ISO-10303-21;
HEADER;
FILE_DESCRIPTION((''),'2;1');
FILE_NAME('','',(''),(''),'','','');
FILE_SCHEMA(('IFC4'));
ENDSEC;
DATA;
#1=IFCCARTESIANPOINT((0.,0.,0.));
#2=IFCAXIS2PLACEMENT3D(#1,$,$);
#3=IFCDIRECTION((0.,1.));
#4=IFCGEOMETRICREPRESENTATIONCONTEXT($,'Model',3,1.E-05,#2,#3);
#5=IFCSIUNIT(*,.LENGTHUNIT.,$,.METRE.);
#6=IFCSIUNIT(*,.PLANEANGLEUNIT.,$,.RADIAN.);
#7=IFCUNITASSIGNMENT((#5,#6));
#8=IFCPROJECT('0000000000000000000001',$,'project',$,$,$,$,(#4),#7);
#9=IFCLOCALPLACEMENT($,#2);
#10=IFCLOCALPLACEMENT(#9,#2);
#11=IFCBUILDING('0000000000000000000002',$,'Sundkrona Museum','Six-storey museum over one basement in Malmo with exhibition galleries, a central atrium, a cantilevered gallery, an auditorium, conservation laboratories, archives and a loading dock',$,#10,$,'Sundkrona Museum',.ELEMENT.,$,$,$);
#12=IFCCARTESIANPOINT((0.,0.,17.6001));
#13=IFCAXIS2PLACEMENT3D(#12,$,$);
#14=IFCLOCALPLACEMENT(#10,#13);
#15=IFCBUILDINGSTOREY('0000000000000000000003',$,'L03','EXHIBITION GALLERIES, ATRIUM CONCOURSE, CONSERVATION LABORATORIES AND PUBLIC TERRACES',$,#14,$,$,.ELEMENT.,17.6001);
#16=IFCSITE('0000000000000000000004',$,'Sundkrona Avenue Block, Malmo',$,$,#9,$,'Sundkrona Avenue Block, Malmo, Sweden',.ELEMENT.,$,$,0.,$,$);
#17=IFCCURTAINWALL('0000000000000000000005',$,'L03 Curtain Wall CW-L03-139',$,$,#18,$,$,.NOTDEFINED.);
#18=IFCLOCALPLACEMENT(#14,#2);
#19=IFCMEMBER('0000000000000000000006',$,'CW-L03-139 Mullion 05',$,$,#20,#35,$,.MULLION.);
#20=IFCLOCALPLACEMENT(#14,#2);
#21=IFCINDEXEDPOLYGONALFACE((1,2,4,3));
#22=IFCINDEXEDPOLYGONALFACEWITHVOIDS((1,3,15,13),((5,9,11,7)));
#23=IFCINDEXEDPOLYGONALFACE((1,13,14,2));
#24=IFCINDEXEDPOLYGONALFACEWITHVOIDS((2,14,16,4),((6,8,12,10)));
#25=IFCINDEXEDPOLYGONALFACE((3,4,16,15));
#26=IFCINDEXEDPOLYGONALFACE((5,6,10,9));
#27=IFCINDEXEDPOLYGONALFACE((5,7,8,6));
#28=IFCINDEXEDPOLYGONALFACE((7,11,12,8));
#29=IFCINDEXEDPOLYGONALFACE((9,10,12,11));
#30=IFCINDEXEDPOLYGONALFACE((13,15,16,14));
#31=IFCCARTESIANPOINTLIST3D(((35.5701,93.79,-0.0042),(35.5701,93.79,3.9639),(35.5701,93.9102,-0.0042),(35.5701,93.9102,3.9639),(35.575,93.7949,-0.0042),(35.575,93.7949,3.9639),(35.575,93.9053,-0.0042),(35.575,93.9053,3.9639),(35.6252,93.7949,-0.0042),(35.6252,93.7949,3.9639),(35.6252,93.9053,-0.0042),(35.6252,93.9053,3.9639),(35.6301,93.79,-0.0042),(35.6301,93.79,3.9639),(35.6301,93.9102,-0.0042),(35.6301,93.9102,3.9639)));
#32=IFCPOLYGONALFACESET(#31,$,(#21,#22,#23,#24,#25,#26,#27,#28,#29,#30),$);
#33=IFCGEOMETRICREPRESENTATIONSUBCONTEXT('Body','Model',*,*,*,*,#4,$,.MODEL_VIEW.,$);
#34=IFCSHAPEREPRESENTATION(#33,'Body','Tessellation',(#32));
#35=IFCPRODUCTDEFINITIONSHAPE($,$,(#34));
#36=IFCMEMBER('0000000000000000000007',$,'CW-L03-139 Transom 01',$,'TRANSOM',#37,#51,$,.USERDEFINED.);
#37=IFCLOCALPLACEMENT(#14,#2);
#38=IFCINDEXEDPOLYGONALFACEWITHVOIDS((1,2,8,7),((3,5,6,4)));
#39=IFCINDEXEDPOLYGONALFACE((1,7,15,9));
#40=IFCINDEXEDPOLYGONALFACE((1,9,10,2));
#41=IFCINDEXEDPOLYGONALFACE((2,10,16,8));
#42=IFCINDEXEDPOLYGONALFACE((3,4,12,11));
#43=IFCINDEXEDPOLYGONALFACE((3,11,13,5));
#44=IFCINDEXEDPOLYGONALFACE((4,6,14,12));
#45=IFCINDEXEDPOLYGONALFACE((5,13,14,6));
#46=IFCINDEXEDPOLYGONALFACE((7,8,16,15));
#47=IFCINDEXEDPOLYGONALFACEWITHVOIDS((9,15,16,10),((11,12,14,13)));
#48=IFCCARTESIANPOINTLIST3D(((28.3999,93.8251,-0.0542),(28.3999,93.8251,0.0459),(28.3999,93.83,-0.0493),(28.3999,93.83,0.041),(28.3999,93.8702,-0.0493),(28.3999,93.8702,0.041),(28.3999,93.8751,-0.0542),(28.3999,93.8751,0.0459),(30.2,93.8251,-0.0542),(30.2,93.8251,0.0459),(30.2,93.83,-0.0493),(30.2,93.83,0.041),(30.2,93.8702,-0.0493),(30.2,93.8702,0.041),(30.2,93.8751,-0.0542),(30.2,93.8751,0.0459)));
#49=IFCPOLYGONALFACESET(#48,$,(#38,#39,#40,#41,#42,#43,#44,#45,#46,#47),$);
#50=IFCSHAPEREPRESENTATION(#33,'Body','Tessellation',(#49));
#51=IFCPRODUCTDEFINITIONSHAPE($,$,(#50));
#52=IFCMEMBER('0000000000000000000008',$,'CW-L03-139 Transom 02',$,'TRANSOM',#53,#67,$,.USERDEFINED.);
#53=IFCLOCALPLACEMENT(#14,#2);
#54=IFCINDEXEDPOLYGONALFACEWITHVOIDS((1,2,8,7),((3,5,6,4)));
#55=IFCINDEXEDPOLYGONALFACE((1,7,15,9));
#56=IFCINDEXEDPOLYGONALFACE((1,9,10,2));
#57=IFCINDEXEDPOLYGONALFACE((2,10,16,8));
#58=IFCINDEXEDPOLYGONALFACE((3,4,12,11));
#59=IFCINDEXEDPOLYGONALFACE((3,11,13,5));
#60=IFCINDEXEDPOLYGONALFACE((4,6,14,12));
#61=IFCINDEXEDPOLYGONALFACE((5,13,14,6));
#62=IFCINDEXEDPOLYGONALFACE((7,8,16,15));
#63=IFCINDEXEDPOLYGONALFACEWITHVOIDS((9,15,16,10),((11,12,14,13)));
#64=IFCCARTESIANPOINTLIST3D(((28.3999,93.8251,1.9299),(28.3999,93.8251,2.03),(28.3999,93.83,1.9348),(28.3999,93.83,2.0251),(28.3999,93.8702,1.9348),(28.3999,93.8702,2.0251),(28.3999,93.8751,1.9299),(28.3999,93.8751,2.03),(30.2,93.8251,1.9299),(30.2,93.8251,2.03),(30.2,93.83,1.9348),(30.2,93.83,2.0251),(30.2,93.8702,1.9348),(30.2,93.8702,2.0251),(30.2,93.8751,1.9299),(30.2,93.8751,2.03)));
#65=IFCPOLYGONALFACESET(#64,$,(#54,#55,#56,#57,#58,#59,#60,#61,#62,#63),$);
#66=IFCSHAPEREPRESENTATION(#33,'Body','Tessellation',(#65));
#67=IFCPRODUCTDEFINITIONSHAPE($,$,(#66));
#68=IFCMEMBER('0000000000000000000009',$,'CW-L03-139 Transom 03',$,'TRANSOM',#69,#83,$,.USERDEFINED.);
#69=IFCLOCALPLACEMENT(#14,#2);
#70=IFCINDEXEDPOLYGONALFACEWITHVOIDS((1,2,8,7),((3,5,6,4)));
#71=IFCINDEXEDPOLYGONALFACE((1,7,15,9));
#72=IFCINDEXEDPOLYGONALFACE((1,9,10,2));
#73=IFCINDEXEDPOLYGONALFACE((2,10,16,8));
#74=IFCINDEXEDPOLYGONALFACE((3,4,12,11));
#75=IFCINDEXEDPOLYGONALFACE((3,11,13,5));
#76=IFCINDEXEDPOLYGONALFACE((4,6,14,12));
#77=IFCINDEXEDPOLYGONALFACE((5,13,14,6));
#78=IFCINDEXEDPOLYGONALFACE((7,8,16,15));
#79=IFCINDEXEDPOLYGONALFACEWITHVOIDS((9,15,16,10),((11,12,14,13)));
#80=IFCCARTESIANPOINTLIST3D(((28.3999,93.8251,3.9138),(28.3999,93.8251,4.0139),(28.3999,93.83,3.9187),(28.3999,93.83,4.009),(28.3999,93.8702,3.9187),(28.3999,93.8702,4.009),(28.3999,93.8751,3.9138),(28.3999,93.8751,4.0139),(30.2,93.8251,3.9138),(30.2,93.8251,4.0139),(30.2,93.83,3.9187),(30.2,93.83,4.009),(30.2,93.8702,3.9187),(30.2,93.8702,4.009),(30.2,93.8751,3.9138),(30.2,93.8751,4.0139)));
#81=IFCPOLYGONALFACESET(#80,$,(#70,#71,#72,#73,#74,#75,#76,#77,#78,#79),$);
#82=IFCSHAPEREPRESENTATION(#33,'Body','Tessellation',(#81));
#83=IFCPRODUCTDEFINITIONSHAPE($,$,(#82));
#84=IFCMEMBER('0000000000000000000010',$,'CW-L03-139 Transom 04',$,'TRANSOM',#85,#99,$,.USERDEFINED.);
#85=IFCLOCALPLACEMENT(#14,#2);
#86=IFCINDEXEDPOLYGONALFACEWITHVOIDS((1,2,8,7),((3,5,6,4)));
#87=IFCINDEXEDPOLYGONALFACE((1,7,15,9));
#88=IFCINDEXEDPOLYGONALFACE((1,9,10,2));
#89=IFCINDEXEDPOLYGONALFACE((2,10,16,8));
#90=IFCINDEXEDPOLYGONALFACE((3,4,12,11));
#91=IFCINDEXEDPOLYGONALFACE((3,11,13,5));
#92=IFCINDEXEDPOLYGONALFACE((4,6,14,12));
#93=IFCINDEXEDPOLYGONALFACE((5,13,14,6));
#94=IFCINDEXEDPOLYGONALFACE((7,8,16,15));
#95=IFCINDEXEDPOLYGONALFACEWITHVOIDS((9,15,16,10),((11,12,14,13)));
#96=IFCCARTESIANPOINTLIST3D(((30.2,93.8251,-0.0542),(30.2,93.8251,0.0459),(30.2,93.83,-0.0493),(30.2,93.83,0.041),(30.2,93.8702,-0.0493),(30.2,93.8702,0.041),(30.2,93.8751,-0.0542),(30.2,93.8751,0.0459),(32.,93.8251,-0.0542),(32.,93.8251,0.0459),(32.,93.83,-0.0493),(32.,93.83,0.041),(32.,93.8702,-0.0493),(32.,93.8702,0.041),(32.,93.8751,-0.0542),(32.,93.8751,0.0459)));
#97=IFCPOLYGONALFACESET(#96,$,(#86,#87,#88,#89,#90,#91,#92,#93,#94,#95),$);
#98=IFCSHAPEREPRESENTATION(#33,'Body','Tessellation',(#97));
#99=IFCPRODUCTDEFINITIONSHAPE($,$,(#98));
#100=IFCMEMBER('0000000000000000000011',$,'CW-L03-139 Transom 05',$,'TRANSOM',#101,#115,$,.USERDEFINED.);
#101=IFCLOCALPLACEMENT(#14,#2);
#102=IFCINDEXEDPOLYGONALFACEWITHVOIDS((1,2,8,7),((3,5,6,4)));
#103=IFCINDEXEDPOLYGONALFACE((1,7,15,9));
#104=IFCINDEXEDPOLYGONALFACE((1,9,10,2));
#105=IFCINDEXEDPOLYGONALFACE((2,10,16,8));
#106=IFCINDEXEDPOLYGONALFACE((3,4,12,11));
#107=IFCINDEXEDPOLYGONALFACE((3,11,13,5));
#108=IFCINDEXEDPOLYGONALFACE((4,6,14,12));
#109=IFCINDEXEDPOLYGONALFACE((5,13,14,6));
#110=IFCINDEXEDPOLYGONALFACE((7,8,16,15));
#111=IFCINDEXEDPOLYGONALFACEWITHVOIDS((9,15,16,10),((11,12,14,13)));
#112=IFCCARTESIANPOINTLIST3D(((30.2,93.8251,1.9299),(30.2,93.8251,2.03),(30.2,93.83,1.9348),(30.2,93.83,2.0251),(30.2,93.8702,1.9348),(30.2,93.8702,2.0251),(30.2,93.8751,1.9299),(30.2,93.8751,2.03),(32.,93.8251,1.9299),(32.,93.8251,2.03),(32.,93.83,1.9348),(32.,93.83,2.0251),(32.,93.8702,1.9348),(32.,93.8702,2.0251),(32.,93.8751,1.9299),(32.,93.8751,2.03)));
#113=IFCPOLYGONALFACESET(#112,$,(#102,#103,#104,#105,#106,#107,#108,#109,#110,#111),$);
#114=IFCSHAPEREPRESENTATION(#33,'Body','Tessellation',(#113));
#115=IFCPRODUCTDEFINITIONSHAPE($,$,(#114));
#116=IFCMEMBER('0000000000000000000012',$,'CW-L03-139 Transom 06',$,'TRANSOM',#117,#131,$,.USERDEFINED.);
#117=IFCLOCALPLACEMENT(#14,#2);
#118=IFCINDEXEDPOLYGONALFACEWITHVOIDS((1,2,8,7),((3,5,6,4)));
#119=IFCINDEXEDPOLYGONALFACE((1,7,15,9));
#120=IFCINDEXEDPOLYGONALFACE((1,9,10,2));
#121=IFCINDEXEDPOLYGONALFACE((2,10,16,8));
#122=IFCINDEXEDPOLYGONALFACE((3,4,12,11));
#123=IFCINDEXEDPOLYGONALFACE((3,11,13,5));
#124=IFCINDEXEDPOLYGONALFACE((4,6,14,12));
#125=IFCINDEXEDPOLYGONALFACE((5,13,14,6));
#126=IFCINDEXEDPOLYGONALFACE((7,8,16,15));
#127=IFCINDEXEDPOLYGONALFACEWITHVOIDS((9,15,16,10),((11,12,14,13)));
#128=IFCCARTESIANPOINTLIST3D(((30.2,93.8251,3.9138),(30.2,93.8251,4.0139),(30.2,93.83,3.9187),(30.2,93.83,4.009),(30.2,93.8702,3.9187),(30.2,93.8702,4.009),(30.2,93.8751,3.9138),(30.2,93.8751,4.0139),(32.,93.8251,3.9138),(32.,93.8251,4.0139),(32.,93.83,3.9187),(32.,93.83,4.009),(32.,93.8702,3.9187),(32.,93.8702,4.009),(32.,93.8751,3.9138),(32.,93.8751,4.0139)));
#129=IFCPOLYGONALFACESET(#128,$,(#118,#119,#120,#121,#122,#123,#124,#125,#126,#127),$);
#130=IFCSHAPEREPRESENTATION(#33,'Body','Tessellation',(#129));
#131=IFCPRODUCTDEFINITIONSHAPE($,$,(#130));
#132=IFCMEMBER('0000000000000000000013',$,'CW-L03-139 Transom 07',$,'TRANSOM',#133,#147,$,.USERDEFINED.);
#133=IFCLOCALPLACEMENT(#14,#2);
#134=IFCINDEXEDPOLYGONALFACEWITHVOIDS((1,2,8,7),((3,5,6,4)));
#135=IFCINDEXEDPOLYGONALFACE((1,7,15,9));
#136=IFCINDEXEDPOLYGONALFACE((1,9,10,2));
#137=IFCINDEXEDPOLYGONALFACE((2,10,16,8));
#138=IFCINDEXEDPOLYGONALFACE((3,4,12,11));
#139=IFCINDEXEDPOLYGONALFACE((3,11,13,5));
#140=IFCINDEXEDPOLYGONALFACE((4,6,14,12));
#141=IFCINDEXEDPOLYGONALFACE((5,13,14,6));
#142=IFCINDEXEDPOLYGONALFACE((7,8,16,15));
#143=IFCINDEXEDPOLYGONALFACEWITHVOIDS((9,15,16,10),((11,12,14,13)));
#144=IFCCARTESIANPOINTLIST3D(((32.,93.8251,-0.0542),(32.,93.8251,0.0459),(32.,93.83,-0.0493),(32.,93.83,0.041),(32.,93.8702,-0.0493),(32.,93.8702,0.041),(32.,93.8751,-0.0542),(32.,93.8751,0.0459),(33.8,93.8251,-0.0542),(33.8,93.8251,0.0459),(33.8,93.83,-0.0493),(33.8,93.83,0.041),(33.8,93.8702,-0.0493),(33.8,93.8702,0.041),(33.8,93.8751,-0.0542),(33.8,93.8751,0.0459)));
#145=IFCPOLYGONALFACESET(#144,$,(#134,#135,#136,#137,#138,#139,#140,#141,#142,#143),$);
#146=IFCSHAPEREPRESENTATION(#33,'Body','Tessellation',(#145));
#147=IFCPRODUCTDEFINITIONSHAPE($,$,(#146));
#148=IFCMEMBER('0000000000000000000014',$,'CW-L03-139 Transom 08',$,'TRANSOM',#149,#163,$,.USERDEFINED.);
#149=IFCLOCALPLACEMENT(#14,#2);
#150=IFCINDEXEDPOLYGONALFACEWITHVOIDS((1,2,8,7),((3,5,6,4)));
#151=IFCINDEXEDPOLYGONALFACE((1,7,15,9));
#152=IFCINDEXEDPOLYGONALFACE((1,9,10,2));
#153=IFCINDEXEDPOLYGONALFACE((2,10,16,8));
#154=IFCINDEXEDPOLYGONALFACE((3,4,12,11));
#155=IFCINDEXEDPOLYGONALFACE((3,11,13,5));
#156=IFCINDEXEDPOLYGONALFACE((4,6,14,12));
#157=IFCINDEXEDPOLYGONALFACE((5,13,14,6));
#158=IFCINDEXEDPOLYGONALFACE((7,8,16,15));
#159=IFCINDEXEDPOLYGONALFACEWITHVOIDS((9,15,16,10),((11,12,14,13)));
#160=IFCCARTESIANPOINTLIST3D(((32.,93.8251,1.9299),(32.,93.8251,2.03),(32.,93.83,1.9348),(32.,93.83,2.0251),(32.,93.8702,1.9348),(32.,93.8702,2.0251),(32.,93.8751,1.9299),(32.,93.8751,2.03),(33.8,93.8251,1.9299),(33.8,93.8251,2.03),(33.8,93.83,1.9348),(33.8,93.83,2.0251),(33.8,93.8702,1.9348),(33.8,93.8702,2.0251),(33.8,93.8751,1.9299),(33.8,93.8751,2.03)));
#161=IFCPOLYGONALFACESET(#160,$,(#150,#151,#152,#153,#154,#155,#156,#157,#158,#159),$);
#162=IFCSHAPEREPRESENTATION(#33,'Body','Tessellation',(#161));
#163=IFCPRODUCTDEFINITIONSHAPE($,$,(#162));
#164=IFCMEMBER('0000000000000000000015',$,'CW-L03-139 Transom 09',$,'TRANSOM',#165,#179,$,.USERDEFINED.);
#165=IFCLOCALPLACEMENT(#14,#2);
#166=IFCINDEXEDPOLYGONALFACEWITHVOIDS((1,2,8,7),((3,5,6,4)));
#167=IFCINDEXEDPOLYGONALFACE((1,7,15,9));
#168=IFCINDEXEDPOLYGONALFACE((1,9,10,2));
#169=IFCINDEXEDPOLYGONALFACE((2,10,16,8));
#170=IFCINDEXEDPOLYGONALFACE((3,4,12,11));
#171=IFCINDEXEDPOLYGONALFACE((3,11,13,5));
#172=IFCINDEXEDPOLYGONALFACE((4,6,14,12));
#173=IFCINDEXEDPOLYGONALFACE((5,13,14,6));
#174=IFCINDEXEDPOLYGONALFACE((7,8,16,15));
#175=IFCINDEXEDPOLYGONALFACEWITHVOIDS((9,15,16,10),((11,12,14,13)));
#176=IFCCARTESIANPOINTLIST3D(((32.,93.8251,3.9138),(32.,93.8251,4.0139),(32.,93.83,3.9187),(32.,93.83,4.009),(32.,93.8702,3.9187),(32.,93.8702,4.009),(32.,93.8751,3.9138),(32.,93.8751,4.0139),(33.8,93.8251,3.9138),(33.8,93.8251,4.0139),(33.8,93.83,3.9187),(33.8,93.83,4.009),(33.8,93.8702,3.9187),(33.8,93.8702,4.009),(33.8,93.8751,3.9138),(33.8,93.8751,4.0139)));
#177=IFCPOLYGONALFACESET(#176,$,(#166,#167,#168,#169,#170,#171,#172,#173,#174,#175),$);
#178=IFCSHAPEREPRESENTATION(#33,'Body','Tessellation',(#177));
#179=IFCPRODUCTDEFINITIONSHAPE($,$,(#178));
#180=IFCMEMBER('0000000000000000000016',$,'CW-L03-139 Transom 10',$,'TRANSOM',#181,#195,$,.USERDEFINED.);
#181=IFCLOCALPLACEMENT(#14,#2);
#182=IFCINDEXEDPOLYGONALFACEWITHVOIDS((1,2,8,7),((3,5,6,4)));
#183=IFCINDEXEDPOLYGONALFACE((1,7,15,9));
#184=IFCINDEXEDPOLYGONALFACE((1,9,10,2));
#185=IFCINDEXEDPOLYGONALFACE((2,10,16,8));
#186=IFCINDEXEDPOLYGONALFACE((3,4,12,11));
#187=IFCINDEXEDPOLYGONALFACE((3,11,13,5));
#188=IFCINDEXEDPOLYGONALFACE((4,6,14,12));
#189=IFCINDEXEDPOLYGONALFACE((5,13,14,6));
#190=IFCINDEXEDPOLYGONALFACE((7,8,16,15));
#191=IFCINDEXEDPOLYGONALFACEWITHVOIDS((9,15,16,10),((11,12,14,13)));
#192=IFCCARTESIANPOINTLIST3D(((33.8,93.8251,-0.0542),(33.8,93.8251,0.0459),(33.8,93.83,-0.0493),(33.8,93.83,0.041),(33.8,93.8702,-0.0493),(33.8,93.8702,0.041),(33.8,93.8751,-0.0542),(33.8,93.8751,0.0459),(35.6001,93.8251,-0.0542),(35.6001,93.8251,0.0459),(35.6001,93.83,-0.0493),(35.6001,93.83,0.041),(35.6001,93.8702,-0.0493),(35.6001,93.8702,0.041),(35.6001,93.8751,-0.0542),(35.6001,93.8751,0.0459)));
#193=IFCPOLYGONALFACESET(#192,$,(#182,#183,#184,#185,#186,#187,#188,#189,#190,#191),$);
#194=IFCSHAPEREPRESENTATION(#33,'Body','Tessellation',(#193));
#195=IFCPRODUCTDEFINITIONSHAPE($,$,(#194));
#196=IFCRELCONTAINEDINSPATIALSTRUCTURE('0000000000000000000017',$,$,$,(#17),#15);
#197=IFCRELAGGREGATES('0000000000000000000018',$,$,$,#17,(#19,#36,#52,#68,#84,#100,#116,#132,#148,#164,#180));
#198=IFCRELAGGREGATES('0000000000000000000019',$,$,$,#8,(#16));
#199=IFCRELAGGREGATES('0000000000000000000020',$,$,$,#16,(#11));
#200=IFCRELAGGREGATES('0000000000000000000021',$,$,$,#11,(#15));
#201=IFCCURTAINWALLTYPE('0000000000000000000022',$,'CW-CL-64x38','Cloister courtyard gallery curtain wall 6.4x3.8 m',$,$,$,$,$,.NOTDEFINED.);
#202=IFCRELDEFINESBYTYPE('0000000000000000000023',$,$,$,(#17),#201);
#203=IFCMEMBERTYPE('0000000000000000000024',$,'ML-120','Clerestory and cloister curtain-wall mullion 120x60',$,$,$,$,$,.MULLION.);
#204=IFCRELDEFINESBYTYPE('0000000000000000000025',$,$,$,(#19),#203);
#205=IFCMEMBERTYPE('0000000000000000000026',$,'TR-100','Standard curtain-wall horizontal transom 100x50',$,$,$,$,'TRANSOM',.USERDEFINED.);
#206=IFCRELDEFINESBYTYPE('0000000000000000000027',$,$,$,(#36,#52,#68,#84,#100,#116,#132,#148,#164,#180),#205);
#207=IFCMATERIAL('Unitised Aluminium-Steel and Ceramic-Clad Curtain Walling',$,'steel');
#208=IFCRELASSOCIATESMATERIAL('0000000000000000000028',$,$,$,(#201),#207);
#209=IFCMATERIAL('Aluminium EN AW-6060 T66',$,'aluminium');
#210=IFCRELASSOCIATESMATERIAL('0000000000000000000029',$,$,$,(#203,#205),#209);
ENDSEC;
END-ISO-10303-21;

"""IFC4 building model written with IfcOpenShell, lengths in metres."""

from ifc_helpers import new_model, si_unit, direction, frame, origin, origin_2d, place, context, subcontext, project, spatial, hollow_rectangle, extrude, material, material_profile, profile_set, type_object, element, aggregate, save


model = new_model("IFC4")

# Units and contexts
model_context = context("Model", 3, precision=1e-05, world=origin(), true_north=direction((0.0, 1.0)))
body_context = subcontext(model_context, "Body", "Model", "MODEL_VIEW")
ifc_project = project(units=[si_unit("LENGTHUNIT", "METRE"), si_unit("PLANEANGLEUNIT", "RADIAN")], contexts=[model_context])

# Site, building, storey
site_placement = place(None, origin())
site = spatial("IfcSite", under=ifc_project, at=site_placement, Name="Sundkrona Avenue Block, Malmo", LongName="Sundkrona Avenue Block, Malmo, Sweden", CompositionType="ELEMENT", RefElevation=0.0)
building_placement = place(site_placement, origin())
building = spatial("IfcBuilding", under=site, at=building_placement, Name="Sundkrona Museum", Description="Six-storey museum over one basement in Malmo with exhibition galleries, a central atrium, a cantilevered gallery, an auditorium, conservation laboratories, archives and a loading dock", LongName="Sundkrona Museum", CompositionType="ELEMENT")
storey_placement = place(building_placement, frame((0.0, 0.0, 17.6001)))
storey = spatial("IfcBuildingStorey", under=building, at=storey_placement, Name="L03", Description="EXHIBITION GALLERIES, ATRIUM CONCOURSE, CONSERVATION LABORATORIES AND PUBLIC TERRACES", CompositionType="ELEMENT", Elevation=17.6001)

# Shared definitions
ifc_material_1 = material(Name="Unitised Aluminium-Steel and Ceramic-Clad Curtain Walling", Category="steel")
curtain_wall_type = type_object("IfcCurtainWallType", Name="CW-CL-64x38", Description="Cloister courtyard gallery curtain wall 6.4x3.8 m", PredefinedType="NOTDEFINED", material=ifc_material_1)
ifc_material_2 = material(Name="Aluminium EN AW-6060 T66", Category="aluminium")
ifc_material_profile_1 = material_profile(ifc_material_2, hollow_rectangle(XDim=0.0601, YDim=0.1201, WallThickness=0.0049, at=origin_2d()), Name="RHS 120x60x5.0")
ifc_profile_set_1 = profile_set([ifc_material_profile_1], Name="Aluminium EN AW-6060 T66")
member_type_1 = type_object("IfcMemberType", Name="ML-120", Description="Clerestory and cloister curtain-wall mullion 120x60", PredefinedType="MULLION", material=ifc_profile_set_1)

# Curtain wall, members
curtain_wall_1_placement = place(storey_placement, origin())
curtain_wall_1 = element("IfcCurtainWall", 1, at=curtain_wall_1_placement, inside=storey, type_object=curtain_wall_type, Name="L03 Curtain Wall CW-L03-139", PredefinedType="NOTDEFINED")
member_1_placement = place(storey_placement, frame((35.6001, 93.8501, -0.0042), z_axis=(0.0, 0.0, 1.0), x_axis=(1.0, 0.0, 0.0)))
member_1 = element("IfcMember", 2, at=member_1_placement, type_object=member_type_1, Name="CW-L03-139 Mullion 05", PredefinedType="MULLION", context=body_context, shape_type="SweptSolid", body=[
    extrude(hollow_rectangle(XDim=0.0601, YDim=0.1201, WallThickness=0.0049, at=origin_2d()), origin(), (0.0, 0.0, 1.0), 3.968),
])
ifc_material_profile_2 = material_profile(ifc_material_2, hollow_rectangle(XDim=0.05, YDim=0.1001, WallThickness=0.0049, at=origin_2d()), Name="RHS 100x50x5.0")
ifc_profile_set_2 = profile_set([ifc_material_profile_2], Name="Aluminium EN AW-6060 T66")
member_type_2 = type_object("IfcMemberType", Name="TR-100", Description="Standard curtain-wall horizontal transom 100x50", ElementType="TRANSOM", PredefinedType="USERDEFINED", material=ifc_profile_set_2)
member_2_placement = place(storey_placement, frame((28.3999, 93.8501, -0.0042), z_axis=(1.0, 0.0, 0.0), x_axis=(0.0, 1.0, 0.0)))
member_2 = element("IfcMember", 3, at=member_2_placement, type_object=member_type_2, Name="CW-L03-139 Transom 01", ObjectType="TRANSOM", PredefinedType="USERDEFINED", context=body_context, shape_type="SweptSolid", body=[
    extrude(hollow_rectangle(XDim=0.05, YDim=0.1001, WallThickness=0.0049, at=origin_2d()), origin(), (0.0, 0.0, 1.0), 1.8),
])
member_3_placement = place(storey_placement, frame((28.3999, 93.8501, 1.98), z_axis=(1.0, 0.0, 0.0), x_axis=(0.0, 1.0, 0.0)))
member_3 = element("IfcMember", 4, at=member_3_placement, type_object=member_type_2, Name="CW-L03-139 Transom 02", ObjectType="TRANSOM", PredefinedType="USERDEFINED", context=body_context, shape_type="SweptSolid", body=[
    extrude(hollow_rectangle(XDim=0.05, YDim=0.1001, WallThickness=0.0049, at=origin_2d()), origin(), (0.0, 0.0, 1.0), 1.8),
])
member_4_placement = place(storey_placement, frame((28.3999, 93.8501, 3.9639), z_axis=(1.0, 0.0, 0.0), x_axis=(0.0, 1.0, 0.0)))
member_4 = element("IfcMember", 5, at=member_4_placement, type_object=member_type_2, Name="CW-L03-139 Transom 03", ObjectType="TRANSOM", PredefinedType="USERDEFINED", context=body_context, shape_type="SweptSolid", body=[
    extrude(hollow_rectangle(XDim=0.05, YDim=0.1001, WallThickness=0.0049, at=origin_2d()), origin(), (0.0, 0.0, 1.0), 1.8),
])
member_5_placement = place(storey_placement, frame((30.2, 93.8501, -0.0042), z_axis=(1.0, 0.0, 0.0), x_axis=(0.0, 1.0, 0.0)))
member_5 = element("IfcMember", 6, at=member_5_placement, type_object=member_type_2, Name="CW-L03-139 Transom 04", ObjectType="TRANSOM", PredefinedType="USERDEFINED", context=body_context, shape_type="SweptSolid", body=[
    extrude(hollow_rectangle(XDim=0.05, YDim=0.1001, WallThickness=0.0049, at=origin_2d()), origin(), (0.0, 0.0, 1.0), 1.8),
])
member_6_placement = place(storey_placement, frame((30.2, 93.8501, 1.98), z_axis=(1.0, 0.0, 0.0), x_axis=(0.0, 1.0, 0.0)))
member_6 = element("IfcMember", 7, at=member_6_placement, type_object=member_type_2, Name="CW-L03-139 Transom 05", ObjectType="TRANSOM", PredefinedType="USERDEFINED", context=body_context, shape_type="SweptSolid", body=[
    extrude(hollow_rectangle(XDim=0.05, YDim=0.1001, WallThickness=0.0049, at=origin_2d()), origin(), (0.0, 0.0, 1.0), 1.8),
])
member_7_placement = place(storey_placement, frame((30.2, 93.8501, 3.9639), z_axis=(1.0, 0.0, 0.0), x_axis=(0.0, 1.0, 0.0)))
member_7 = element("IfcMember", 8, at=member_7_placement, type_object=member_type_2, Name="CW-L03-139 Transom 06", ObjectType="TRANSOM", PredefinedType="USERDEFINED", context=body_context, shape_type="SweptSolid", body=[
    extrude(hollow_rectangle(XDim=0.05, YDim=0.1001, WallThickness=0.0049, at=origin_2d()), origin(), (0.0, 0.0, 1.0), 1.8),
])
member_8_placement = place(storey_placement, frame((32.0, 93.8501, -0.0042), z_axis=(1.0, 0.0, 0.0), x_axis=(0.0, 1.0, 0.0)))
member_8 = element("IfcMember", 9, at=member_8_placement, type_object=member_type_2, Name="CW-L03-139 Transom 07", ObjectType="TRANSOM", PredefinedType="USERDEFINED", context=body_context, shape_type="SweptSolid", body=[
    extrude(hollow_rectangle(XDim=0.05, YDim=0.1001, WallThickness=0.0049, at=origin_2d()), origin(), (0.0, 0.0, 1.0), 1.8),
])
member_9_placement = place(storey_placement, frame((32.0, 93.8501, 1.98), z_axis=(1.0, 0.0, 0.0), x_axis=(0.0, 1.0, 0.0)))
member_9 = element("IfcMember", 10, at=member_9_placement, type_object=member_type_2, Name="CW-L03-139 Transom 08", ObjectType="TRANSOM", PredefinedType="USERDEFINED", context=body_context, shape_type="SweptSolid", body=[
    extrude(hollow_rectangle(XDim=0.05, YDim=0.1001, WallThickness=0.0049, at=origin_2d()), origin(), (0.0, 0.0, 1.0), 1.8),
])
member_10_placement = place(storey_placement, frame((32.0, 93.8501, 3.9639), z_axis=(1.0, 0.0, 0.0), x_axis=(0.0, 1.0, 0.0)))
member_10 = element("IfcMember", 11, at=member_10_placement, type_object=member_type_2, Name="CW-L03-139 Transom 09", ObjectType="TRANSOM", PredefinedType="USERDEFINED", context=body_context, shape_type="SweptSolid", body=[
    extrude(hollow_rectangle(XDim=0.05, YDim=0.1001, WallThickness=0.0049, at=origin_2d()), origin(), (0.0, 0.0, 1.0), 1.8),
])
member_11_placement = place(storey_placement, frame((33.8, 93.8501, -0.0042), z_axis=(1.0, 0.0, 0.0), x_axis=(0.0, 1.0, 0.0)))
member_11 = element("IfcMember", 12, at=member_11_placement, type_object=member_type_2, Name="CW-L03-139 Transom 10", ObjectType="TRANSOM", PredefinedType="USERDEFINED", context=body_context, shape_type="SweptSolid", body=[
    extrude(hollow_rectangle(XDim=0.05, YDim=0.1001, WallThickness=0.0049, at=origin_2d()), origin(), (0.0, 0.0, 1.0), 1.8),
])

aggregate(curtain_wall_1, [member_1, member_2, member_3, member_4, member_5, member_6, member_7, member_8, member_9, member_10, member_11])

save(model, "model.ifc")
